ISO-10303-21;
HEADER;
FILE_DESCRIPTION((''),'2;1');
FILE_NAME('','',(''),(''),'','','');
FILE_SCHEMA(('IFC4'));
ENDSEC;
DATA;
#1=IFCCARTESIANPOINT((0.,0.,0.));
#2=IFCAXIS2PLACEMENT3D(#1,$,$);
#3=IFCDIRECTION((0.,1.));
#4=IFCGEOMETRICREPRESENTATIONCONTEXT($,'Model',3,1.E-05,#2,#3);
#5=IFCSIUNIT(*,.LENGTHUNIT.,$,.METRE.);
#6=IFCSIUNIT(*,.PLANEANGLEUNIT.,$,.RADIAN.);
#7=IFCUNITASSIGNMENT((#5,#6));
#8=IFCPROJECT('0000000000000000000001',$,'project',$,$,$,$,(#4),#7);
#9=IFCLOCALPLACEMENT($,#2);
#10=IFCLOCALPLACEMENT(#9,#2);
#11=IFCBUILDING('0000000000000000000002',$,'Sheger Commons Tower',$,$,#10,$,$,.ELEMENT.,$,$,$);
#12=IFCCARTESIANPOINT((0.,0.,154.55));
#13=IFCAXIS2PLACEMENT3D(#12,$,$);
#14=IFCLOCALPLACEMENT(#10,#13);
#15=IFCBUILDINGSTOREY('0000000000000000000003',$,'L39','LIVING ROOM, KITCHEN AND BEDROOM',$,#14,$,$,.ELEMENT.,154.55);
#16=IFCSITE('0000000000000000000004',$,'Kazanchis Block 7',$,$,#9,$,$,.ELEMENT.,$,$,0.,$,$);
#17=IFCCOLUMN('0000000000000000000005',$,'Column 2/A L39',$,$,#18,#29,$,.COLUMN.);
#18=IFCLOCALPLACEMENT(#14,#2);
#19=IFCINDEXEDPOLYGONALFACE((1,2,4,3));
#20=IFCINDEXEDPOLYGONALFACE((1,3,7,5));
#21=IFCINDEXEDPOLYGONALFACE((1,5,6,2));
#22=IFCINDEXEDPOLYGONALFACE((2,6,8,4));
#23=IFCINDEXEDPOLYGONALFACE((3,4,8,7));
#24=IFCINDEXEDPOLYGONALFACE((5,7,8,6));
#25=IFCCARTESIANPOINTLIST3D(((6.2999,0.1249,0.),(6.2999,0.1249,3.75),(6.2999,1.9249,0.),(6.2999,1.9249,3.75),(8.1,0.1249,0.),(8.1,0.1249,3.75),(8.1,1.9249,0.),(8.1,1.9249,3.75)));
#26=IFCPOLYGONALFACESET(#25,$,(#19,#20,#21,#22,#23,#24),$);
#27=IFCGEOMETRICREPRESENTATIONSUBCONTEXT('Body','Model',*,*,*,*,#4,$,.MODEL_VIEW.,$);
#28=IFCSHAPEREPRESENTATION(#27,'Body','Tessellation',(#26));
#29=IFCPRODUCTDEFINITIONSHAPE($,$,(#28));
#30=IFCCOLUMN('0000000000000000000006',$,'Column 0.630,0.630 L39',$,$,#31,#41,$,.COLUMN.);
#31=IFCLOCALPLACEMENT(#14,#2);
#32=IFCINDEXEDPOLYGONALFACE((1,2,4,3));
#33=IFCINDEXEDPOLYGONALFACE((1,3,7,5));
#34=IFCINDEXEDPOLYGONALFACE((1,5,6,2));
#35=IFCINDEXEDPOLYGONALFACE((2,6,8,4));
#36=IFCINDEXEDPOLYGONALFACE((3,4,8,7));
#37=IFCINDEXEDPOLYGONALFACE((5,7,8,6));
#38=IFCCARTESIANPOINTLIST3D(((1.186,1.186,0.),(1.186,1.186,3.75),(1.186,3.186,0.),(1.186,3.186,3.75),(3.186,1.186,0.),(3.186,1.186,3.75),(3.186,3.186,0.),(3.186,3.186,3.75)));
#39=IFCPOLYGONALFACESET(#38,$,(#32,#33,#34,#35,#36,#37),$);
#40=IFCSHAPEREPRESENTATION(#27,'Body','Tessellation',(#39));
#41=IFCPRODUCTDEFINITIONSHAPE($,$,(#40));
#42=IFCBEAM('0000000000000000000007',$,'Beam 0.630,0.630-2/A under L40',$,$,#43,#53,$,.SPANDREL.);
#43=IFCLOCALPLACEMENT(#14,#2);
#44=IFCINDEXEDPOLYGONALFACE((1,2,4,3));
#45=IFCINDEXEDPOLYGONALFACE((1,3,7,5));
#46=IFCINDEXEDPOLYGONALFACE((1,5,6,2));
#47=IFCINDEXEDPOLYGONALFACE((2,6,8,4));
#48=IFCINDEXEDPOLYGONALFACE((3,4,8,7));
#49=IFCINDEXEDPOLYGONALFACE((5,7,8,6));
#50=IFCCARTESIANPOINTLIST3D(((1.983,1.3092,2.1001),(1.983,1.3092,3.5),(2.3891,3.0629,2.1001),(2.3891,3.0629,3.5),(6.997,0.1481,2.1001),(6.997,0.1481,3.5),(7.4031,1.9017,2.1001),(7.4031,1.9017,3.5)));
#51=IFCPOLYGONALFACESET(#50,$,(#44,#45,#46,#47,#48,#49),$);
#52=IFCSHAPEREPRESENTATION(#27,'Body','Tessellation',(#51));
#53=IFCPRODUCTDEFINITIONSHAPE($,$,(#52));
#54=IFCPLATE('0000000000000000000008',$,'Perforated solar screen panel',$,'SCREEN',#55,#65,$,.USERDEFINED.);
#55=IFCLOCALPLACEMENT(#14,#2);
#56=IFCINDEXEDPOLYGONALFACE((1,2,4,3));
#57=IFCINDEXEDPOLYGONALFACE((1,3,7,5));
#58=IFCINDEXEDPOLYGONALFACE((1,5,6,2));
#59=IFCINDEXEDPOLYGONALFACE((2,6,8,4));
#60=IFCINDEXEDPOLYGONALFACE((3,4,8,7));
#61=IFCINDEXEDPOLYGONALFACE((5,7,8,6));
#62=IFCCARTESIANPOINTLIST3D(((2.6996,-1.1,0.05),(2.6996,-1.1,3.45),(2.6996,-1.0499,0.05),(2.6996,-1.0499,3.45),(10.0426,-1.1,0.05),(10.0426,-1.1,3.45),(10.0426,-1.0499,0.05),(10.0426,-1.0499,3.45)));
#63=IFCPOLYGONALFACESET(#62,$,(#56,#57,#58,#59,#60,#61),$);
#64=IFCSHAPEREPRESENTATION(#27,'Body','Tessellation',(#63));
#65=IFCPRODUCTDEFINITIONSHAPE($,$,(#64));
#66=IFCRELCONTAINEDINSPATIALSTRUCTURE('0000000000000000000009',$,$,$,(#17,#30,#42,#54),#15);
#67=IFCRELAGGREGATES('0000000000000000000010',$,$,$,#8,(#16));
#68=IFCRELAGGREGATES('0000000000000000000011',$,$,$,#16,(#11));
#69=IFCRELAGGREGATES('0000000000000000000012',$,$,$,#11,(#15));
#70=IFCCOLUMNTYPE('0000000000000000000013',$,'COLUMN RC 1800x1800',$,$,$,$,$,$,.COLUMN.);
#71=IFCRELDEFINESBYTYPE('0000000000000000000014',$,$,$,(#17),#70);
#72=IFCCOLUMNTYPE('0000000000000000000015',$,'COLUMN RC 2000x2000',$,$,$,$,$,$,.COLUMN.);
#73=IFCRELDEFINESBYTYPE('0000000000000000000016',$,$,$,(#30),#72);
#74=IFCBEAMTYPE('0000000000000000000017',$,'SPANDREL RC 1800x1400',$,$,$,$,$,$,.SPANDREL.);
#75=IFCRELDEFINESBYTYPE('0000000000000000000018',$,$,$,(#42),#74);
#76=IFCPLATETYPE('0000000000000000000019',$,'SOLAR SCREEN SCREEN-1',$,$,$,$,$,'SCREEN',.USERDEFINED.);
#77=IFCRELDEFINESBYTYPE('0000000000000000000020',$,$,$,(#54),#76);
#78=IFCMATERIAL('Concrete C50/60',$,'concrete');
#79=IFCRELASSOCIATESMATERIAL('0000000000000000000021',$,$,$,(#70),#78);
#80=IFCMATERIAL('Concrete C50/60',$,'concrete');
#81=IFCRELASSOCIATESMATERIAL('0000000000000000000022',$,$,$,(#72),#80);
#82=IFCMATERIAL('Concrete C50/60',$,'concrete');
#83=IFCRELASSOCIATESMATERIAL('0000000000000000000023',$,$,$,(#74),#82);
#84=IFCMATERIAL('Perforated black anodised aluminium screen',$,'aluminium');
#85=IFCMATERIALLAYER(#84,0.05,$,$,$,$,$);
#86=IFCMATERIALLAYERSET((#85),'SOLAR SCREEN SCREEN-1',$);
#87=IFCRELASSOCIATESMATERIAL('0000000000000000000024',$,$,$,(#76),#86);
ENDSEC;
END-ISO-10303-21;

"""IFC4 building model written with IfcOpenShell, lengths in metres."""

from ifc_helpers import new_model, si_unit, direction, frame, origin, origin_2d, place, context, subcontext, project, spatial, rectangle, extrude, material, layer, layer_set, material_profile, profile_set, type_object, element, save


model = new_model("IFC4")

# Units and contexts
model_context = context("Model", 3, precision=1e-05, world=origin(), true_north=direction((0.0, 1.0)))
body_context = subcontext(model_context, "Body", "Model", "MODEL_VIEW")
ifc_project = project(units=[si_unit("LENGTHUNIT", "METRE"), si_unit("PLANEANGLEUNIT", "RADIAN")], contexts=[model_context])

# Site, building, storey
site_placement = place(None, origin())
site = spatial("IfcSite", under=ifc_project, at=site_placement, Name="Kazanchis Block 7", CompositionType="ELEMENT", RefElevation=0.0)
building_placement = place(site_placement, origin())
building = spatial("IfcBuilding", under=site, at=building_placement, Name="Sheger Commons Tower", CompositionType="ELEMENT")
storey_placement = place(building_placement, frame((0.0, 0.0, 154.55)))
storey = spatial("IfcBuildingStorey", under=building, at=storey_placement, Name="L39", Description="LIVING ROOM, KITCHEN AND BEDROOM", CompositionType="ELEMENT", Elevation=154.55)

# Columns
ifc_material_1 = material(Name="Concrete C50/60", Category="concrete")
ifc_material_profile_1 = material_profile(ifc_material_1, rectangle(XDim=1.8, YDim=1.8, at=origin_2d()), Name="RC 1800x1800")
ifc_profile_set_1 = profile_set([ifc_material_profile_1], Name="Concrete C50/60")
column_type_1 = type_object("IfcColumnType", Name="COLUMN RC 1800x1800", PredefinedType="COLUMN", material=ifc_profile_set_1)
column_1_placement = place(storey_placement, frame((7.2, 1.0249, 0.0), z_axis=(0.0, 0.0, 1.0), x_axis=(1.0, 0.0, 0.0)))
element("IfcColumn", 1, at=column_1_placement, inside=storey, type_object=column_type_1, Name="Column 2/A L39", PredefinedType="COLUMN", context=body_context, shape_type="SweptSolid", body=[
    extrude(rectangle(XDim=1.8, YDim=1.8, at=origin_2d()), origin(), (0.0, 0.0, 1.0), 3.75),
])
ifc_material_2 = material(Name="Concrete C50/60", Category="concrete")
ifc_material_profile_2 = material_profile(ifc_material_2, rectangle(XDim=2.0, YDim=2.0, at=origin_2d()), Name="RC 2000x2000")
ifc_profile_set_2 = profile_set([ifc_material_profile_2], Name="Concrete C50/60")
column_type_2 = type_object("IfcColumnType", Name="COLUMN RC 2000x2000", PredefinedType="COLUMN", material=ifc_profile_set_2)
column_2_placement = place(storey_placement, frame((2.186, 2.186, 0.0), z_axis=(0.0, 0.0, 1.0), x_axis=(1.0, 0.0, 0.0)))
element("IfcColumn", 2, at=column_2_placement, inside=storey, type_object=column_type_2, Name="Column 0.630,0.630 L39", PredefinedType="COLUMN", context=body_context, shape_type="SweptSolid", body=[
    extrude(rectangle(XDim=2.0, YDim=2.0, at=origin_2d()), origin(), (0.0, 0.0, 1.0), 3.75),
])

# Beam
ifc_material_3 = material(Name="Concrete C50/60", Category="concrete")
ifc_material_profile_3 = material_profile(ifc_material_3, rectangle(XDim=1.8, YDim=1.3999, at=origin_2d()), Name="RC 1800x1400")
ifc_profile_set_3 = profile_set([ifc_material_profile_3], Name="Concrete C50/60")
beam_type = type_object("IfcBeamType", Name="SPANDREL RC 1800x1400", PredefinedType="SPANDREL", material=ifc_profile_set_3)
beam_placement = place(storey_placement, frame((2.186, 2.186, 2.8), z_axis=(0.974217, -0.225611, 0.0), x_axis=(0.225611, 0.974217, 0.0)))
element("IfcBeam", 3, at=beam_placement, inside=storey, type_object=beam_type, Name="Beam 0.630,0.630-2/A under L40", PredefinedType="SPANDREL", context=body_context, shape_type="SweptSolid", body=[
    extrude(rectangle(XDim=1.8, YDim=1.3999, at=origin_2d()), origin(), (0.0, 0.0, 1.0), 5.1467),
])

# Plate
ifc_material_4 = material(Name="Perforated black anodised aluminium screen", Category="aluminium")
ifc_layer_1 = layer(ifc_material_4, 0.05)
ifc_layer_set_1 = layer_set([ifc_layer_1], Name="SOLAR SCREEN SCREEN-1")
plate_type = type_object("IfcPlateType", Name="SOLAR SCREEN SCREEN-1", ElementType="SCREEN", PredefinedType="USERDEFINED", material=ifc_layer_set_1)
plate_placement = place(storey_placement, frame((6.3711, -1.075, 0.05), z_axis=(0.0, 0.0, 1.0), x_axis=(1.0, 0.0, 0.0)))
element("IfcPlate", 4, at=plate_placement, inside=storey, type_object=plate_type, Name="Perforated solar screen panel", ObjectType="SCREEN", PredefinedType="USERDEFINED", context=body_context, shape_type="SweptSolid", body=[
    extrude(rectangle(XDim=7.343, YDim=0.05, at=origin_2d()), origin(), (0.0, 0.0, 1.0), 3.3999),
])

save(model, "model.ifc")
